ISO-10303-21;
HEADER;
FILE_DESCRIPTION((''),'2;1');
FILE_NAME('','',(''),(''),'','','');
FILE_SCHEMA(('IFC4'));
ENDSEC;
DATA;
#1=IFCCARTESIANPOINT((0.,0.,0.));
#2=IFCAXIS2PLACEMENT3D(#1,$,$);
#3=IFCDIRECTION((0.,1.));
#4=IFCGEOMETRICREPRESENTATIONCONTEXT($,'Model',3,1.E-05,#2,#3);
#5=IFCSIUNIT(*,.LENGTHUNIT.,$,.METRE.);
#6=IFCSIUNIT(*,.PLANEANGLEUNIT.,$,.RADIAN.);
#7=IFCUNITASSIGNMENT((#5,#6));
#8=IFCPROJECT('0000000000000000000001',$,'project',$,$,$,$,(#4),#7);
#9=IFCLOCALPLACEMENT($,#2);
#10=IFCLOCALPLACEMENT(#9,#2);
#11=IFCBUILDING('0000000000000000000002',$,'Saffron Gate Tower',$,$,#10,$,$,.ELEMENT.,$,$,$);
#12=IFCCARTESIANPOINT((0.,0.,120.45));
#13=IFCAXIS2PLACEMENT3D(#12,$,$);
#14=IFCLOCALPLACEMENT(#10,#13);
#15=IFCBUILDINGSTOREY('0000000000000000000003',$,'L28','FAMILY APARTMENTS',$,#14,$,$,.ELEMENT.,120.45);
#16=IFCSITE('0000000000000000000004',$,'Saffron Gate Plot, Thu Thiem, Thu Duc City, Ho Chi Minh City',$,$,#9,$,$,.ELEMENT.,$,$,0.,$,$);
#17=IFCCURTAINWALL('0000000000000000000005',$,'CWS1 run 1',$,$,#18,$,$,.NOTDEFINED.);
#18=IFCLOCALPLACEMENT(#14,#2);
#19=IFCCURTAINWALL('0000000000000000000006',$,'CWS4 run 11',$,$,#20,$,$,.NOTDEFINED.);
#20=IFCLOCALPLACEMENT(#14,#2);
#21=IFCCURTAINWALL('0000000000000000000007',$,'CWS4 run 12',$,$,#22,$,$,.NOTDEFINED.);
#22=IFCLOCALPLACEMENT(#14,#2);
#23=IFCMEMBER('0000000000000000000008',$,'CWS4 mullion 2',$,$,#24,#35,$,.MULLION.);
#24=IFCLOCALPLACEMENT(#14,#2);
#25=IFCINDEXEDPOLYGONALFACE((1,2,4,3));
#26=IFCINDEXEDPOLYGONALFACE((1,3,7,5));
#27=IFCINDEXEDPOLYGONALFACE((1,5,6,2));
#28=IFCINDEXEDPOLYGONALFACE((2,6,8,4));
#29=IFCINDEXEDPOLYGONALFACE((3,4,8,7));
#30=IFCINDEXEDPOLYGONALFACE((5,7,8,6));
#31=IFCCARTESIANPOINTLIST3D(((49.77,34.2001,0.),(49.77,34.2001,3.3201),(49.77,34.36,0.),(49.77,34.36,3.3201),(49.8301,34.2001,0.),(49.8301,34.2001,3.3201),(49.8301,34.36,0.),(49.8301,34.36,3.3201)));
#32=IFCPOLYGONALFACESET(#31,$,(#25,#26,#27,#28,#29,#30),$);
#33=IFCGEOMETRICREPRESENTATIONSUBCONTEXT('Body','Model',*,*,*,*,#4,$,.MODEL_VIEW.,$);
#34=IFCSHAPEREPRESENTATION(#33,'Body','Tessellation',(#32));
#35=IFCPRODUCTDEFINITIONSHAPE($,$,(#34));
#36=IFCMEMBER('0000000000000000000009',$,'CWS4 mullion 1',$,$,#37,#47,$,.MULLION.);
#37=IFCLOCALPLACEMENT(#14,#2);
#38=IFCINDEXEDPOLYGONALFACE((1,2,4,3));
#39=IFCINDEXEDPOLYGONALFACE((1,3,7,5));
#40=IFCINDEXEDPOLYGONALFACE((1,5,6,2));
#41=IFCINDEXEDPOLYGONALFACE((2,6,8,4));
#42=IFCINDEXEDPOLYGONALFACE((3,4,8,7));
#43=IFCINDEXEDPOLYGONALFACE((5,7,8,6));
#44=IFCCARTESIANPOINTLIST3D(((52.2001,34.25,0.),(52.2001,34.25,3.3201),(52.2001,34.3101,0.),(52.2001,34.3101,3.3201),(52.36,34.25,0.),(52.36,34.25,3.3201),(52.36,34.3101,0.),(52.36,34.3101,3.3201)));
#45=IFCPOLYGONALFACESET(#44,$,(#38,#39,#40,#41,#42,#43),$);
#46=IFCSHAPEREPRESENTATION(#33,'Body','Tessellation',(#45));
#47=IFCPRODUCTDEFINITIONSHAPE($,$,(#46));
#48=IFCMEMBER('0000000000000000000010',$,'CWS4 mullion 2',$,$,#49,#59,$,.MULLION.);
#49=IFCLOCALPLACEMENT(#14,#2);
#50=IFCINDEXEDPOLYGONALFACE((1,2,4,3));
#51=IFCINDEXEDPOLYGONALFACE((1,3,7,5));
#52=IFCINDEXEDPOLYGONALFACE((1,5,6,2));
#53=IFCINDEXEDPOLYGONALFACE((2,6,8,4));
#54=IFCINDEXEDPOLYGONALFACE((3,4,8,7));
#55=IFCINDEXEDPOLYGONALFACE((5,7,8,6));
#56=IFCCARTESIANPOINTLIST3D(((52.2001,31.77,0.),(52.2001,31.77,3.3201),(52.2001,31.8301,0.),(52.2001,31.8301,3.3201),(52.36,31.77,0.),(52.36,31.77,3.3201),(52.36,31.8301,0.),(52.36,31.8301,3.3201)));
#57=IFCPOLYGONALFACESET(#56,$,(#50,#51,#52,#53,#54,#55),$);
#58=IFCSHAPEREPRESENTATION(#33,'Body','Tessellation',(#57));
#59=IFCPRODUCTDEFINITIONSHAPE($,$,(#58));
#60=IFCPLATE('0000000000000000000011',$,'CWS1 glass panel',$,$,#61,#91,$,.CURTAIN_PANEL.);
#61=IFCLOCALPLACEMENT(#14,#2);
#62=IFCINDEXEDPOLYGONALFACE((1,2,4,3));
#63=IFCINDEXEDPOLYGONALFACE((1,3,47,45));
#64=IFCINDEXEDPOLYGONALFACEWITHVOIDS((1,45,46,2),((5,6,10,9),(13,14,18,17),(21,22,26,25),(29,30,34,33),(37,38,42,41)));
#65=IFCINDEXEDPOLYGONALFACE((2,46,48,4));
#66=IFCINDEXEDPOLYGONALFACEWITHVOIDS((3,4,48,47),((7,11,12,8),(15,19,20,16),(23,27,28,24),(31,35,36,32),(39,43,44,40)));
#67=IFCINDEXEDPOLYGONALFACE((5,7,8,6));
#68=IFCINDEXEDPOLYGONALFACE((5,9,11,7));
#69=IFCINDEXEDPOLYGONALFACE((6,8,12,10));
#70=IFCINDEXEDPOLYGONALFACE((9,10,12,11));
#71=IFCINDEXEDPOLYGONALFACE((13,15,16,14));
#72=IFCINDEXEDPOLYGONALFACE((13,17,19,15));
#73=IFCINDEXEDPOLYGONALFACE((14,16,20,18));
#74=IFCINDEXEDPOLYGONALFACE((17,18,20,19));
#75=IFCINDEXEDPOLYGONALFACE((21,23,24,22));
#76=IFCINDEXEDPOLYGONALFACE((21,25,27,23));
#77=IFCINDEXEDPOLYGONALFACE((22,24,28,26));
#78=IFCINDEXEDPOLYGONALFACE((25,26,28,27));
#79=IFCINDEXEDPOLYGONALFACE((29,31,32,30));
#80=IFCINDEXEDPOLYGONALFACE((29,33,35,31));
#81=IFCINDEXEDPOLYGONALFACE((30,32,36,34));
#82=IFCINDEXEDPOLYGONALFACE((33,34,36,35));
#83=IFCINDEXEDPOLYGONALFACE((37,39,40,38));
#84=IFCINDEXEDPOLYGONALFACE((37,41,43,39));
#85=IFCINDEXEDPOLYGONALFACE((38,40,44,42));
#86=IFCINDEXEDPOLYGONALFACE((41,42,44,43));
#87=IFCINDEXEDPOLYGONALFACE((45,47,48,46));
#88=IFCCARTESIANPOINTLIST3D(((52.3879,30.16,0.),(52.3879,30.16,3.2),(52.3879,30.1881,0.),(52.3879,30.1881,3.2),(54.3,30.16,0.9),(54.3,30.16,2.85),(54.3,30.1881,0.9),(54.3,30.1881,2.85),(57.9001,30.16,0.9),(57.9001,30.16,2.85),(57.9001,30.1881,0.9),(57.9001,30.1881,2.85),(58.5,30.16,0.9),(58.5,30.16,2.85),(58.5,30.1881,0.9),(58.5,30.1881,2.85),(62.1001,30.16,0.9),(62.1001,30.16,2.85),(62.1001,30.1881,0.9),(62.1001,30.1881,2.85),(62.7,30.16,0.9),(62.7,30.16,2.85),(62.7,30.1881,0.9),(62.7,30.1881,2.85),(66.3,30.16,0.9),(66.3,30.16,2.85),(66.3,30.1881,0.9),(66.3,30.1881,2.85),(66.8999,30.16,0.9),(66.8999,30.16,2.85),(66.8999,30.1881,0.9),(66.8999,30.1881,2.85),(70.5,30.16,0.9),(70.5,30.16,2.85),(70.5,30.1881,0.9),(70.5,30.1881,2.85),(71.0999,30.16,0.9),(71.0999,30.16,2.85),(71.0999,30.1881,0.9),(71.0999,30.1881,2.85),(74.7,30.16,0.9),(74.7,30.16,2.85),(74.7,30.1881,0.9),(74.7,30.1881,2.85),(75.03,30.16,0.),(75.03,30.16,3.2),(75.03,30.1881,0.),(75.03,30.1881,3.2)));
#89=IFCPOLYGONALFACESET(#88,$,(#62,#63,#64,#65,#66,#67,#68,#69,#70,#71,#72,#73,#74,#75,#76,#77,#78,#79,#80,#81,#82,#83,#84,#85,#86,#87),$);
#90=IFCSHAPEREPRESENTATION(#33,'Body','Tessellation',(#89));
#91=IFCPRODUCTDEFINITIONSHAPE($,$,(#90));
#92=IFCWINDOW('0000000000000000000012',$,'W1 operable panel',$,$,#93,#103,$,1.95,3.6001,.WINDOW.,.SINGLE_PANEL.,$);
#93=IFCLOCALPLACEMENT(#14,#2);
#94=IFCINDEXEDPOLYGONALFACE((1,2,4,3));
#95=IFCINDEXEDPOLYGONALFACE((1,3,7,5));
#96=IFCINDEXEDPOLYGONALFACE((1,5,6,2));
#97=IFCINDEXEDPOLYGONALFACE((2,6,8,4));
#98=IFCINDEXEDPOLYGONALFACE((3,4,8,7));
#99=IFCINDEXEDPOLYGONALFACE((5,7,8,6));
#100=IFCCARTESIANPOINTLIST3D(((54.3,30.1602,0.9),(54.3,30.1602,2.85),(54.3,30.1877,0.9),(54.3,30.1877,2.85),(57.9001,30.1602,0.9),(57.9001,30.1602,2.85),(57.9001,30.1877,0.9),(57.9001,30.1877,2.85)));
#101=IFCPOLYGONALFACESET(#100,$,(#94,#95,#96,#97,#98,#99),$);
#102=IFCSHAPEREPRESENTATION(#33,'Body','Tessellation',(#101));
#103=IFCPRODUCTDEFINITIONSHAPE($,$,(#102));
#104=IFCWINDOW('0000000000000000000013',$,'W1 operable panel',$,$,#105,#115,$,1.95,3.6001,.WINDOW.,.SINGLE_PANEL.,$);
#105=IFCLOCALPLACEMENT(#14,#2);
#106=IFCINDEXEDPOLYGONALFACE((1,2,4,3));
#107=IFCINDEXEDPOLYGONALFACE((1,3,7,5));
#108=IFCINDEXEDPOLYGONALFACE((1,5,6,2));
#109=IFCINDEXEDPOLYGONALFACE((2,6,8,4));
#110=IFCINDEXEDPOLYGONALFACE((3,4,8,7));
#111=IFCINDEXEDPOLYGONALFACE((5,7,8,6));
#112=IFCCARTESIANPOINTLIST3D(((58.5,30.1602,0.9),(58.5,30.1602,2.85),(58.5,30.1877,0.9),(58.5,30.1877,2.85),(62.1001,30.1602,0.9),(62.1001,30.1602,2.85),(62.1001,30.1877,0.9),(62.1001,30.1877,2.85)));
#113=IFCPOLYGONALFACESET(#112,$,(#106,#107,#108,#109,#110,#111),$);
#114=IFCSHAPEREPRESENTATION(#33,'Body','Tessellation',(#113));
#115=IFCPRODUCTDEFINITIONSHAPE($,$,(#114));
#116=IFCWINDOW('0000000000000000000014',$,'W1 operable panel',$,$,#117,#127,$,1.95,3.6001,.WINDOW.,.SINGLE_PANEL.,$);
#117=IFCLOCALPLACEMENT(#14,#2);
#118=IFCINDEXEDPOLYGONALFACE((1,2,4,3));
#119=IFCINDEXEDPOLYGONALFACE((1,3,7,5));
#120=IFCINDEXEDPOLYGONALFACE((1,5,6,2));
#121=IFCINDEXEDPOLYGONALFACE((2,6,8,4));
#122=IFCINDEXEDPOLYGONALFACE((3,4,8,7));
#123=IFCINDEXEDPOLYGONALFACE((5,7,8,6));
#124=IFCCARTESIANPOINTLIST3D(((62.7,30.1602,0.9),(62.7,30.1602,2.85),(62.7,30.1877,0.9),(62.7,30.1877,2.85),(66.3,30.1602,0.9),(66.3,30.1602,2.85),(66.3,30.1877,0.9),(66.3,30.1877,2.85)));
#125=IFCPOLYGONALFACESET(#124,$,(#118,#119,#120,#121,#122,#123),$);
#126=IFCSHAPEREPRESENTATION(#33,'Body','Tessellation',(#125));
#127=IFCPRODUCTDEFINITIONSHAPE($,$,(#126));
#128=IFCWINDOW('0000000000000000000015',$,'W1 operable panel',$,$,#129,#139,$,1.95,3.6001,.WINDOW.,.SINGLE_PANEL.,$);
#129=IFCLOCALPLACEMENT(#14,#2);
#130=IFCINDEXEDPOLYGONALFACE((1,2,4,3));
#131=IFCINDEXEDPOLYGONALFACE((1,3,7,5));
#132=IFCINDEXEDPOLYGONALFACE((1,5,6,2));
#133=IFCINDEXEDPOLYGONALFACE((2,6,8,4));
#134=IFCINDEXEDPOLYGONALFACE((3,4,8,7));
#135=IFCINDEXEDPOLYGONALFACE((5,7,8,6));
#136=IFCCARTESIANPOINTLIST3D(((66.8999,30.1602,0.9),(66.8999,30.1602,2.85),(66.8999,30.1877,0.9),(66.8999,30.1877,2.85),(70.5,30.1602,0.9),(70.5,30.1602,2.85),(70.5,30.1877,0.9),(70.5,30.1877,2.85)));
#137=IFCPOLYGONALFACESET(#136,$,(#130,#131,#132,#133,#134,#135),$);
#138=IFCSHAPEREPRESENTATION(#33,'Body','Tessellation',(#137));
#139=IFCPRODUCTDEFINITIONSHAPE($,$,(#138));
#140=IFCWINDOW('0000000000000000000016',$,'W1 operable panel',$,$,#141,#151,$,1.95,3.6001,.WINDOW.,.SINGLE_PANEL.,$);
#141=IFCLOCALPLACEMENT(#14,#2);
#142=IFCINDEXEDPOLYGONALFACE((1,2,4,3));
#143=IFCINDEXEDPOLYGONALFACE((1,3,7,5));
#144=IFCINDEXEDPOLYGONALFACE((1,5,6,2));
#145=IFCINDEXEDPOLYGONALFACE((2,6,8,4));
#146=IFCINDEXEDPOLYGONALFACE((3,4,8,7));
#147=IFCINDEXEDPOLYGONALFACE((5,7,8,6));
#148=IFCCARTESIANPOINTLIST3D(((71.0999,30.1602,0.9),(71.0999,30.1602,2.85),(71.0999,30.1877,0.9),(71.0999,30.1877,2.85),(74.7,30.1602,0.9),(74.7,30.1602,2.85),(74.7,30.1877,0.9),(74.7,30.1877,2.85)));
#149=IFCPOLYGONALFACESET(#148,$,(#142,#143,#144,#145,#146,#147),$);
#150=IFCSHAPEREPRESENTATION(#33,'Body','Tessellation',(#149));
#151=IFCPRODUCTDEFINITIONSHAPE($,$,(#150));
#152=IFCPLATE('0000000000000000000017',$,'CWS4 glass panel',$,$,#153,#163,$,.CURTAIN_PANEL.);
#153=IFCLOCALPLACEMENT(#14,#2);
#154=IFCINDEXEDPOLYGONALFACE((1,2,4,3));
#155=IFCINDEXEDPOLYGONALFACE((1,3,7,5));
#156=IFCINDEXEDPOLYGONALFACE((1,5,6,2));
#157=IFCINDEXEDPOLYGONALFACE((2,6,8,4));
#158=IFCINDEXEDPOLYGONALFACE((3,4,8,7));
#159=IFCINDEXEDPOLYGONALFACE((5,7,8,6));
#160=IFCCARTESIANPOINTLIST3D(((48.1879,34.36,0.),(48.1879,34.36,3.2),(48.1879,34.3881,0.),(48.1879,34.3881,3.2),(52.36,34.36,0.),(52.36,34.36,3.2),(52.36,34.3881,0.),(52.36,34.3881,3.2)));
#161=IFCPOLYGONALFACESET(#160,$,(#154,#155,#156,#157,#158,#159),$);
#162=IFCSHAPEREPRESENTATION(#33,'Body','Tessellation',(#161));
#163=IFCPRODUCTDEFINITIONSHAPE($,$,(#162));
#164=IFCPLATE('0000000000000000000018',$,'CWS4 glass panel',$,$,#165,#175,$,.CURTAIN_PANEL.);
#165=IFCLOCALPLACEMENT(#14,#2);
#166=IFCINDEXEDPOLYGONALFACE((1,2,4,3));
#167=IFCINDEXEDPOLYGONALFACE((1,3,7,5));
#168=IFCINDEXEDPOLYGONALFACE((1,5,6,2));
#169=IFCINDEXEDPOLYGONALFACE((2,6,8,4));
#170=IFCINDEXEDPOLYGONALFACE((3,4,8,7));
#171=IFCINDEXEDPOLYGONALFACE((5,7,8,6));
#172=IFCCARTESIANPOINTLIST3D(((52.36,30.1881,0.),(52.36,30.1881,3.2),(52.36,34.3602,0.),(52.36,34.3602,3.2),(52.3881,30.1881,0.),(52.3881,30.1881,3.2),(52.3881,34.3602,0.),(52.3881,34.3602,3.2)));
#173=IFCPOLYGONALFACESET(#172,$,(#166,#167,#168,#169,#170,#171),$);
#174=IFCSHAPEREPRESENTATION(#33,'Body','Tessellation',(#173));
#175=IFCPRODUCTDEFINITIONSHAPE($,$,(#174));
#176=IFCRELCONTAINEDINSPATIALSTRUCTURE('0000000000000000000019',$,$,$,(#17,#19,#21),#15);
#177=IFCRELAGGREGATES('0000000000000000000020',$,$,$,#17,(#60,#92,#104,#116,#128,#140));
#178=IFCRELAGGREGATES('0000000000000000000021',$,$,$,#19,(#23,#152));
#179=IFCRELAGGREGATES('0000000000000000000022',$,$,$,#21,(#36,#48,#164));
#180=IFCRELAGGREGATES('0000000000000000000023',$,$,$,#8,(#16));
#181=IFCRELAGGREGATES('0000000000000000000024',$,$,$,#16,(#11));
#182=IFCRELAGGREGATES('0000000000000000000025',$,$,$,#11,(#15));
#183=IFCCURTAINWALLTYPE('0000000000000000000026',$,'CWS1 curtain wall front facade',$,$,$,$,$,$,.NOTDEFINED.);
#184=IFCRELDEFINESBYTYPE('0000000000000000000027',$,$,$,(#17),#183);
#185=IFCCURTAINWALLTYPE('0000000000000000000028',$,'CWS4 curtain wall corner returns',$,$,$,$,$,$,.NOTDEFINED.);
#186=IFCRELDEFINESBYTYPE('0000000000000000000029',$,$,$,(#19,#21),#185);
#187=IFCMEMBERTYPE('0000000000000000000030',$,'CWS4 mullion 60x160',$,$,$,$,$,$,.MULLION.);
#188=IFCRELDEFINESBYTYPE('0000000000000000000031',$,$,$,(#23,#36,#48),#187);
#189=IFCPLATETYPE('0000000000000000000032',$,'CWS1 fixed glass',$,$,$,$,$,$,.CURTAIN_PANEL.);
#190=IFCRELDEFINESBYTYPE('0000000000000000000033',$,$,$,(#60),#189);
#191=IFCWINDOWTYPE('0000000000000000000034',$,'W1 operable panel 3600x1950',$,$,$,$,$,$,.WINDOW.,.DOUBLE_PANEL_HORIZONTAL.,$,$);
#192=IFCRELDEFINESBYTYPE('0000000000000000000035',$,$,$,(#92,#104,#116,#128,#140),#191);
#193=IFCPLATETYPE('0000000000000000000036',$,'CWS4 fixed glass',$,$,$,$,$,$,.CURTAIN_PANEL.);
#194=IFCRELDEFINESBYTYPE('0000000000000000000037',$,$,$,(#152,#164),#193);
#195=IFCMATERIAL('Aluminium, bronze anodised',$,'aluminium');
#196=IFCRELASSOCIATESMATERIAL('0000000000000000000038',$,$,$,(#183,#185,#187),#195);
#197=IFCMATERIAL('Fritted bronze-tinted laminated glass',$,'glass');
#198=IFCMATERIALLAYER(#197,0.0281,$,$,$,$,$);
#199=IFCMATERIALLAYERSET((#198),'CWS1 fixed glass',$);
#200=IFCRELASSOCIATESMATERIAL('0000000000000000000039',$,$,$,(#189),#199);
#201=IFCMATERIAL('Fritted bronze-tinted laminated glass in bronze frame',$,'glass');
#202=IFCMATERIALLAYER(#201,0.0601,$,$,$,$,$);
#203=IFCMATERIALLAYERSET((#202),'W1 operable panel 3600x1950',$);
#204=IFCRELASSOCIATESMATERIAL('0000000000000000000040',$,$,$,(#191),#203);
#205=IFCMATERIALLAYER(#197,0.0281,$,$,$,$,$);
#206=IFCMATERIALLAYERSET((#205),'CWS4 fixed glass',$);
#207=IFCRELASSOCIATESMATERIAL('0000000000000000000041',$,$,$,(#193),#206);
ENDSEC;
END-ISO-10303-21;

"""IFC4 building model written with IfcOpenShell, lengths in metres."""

from ifc_helpers import new_model, si_unit, direction, frame, frame_2d, origin, origin_2d, place, context, subcontext, project, spatial, rectangle, extrude, material, layer, layer_set, material_profile, profile_set, type_object, element, fill, aggregate, save


model = new_model("IFC4")

# Units and contexts
model_context = context("Model", 3, precision=1e-05, world=origin(), true_north=direction((0.0, 1.0)))
body_context = subcontext(model_context, "Body", "Model", "MODEL_VIEW")
ifc_project = project(units=[si_unit("LENGTHUNIT", "METRE"), si_unit("PLANEANGLEUNIT", "RADIAN")], contexts=[model_context])

# Site, building, storey
site_placement = place(None, origin())
site = spatial("IfcSite", under=ifc_project, at=site_placement, Name="Saffron Gate Plot, Thu Thiem, Thu Duc City, Ho Chi Minh City", CompositionType="ELEMENT", RefElevation=0.0)
building_placement = place(site_placement, origin())
building = spatial("IfcBuilding", under=site, at=building_placement, Name="Saffron Gate Tower", CompositionType="ELEMENT")
storey_placement = place(building_placement, frame((0.0, 0.0, 120.45)))
storey = spatial("IfcBuildingStorey", under=building, at=storey_placement, Name="L28", Description="FAMILY APARTMENTS", CompositionType="ELEMENT", Elevation=120.45)

# Curtain wall
ifc_material_1 = material(Name="Aluminium, bronze anodised", Category="aluminium")
curtain_wall_type_1 = type_object("IfcCurtainWallType", Name="CWS1 curtain wall front facade", PredefinedType="NOTDEFINED", material=ifc_material_1)
curtain_wall_1_placement = place(storey_placement, origin())
curtain_wall_1 = element("IfcCurtainWall", 1, at=curtain_wall_1_placement, inside=storey, type_object=curtain_wall_type_1, Name="CWS1 run 1", PredefinedType="NOTDEFINED")

# Curtain walls
curtain_wall_type_2 = type_object("IfcCurtainWallType", Name="CWS4 curtain wall corner returns", PredefinedType="NOTDEFINED", material=ifc_material_1)
curtain_wall_2_placement = place(storey_placement, origin())
curtain_wall_2 = element("IfcCurtainWall", 2, at=curtain_wall_2_placement, inside=storey, type_object=curtain_wall_type_2, Name="CWS4 run 11", PredefinedType="NOTDEFINED")
curtain_wall_3_placement = place(storey_placement, origin())
curtain_wall_3 = element("IfcCurtainWall", 3, at=curtain_wall_3_placement, inside=storey, type_object=curtain_wall_type_2, Name="CWS4 run 12", PredefinedType="NOTDEFINED")

# Members
ifc_material_profile_1 = material_profile(ifc_material_1, rectangle(XDim=0.1599, YDim=0.0601, at=origin_2d()))
ifc_profile_set_1 = profile_set([ifc_material_profile_1], Name="Aluminium, bronze anodised")
member_type_1 = type_object("IfcMemberType", Name="CWS4 mullion 60x160", PredefinedType="MULLION", material=ifc_profile_set_1)
member_1_placement = place(storey_placement, frame((49.8, 34.28, 0.0), z_axis=(0.0, 0.0, 1.0), x_axis=(0.0, 1.0, 0.0)))
member_1 = element("IfcMember", 4, at=member_1_placement, type_object=member_type_1, Name="CWS4 mullion 2", PredefinedType="MULLION", context=body_context, shape_type="SweptSolid", body=[
    extrude(rectangle(XDim=0.1599, YDim=0.0601, at=origin_2d()), origin(), (0.0, 0.0, 1.0), 3.3201),
])
member_2_placement = place(storey_placement, frame((52.28, 34.28, 0.0), z_axis=(0.0, 0.0, 1.0), x_axis=(1.0, 0.0, 0.0)))
member_2 = element("IfcMember", 5, at=member_2_placement, type_object=member_type_1, Name="CWS4 mullion 1", PredefinedType="MULLION", context=body_context, shape_type="SweptSolid", body=[
    extrude(rectangle(XDim=0.1599, YDim=0.0601, at=origin_2d()), origin(), (0.0, 0.0, 1.0), 3.3201),
])
member_3_placement = place(storey_placement, frame((52.28, 31.8, 0.0), z_axis=(0.0, 0.0, 1.0), x_axis=(1.0, 0.0, 0.0)))
member_3 = element("IfcMember", 6, at=member_3_placement, type_object=member_type_1, Name="CWS4 mullion 2", PredefinedType="MULLION", context=body_context, shape_type="SweptSolid", body=[
    extrude(rectangle(XDim=0.1599, YDim=0.0601, at=origin_2d()), origin(), (0.0, 0.0, 1.0), 3.3201),
])

# Plate, openings, windows
ifc_material_2 = material(Name="Fritted bronze-tinted laminated glass", Category="glass")
ifc_layer_1 = layer(ifc_material_2, 0.0281)
ifc_layer_set_1 = layer_set([ifc_layer_1], Name="CWS1 fixed glass")
plate_type_1 = type_object("IfcPlateType", Name="CWS1 fixed glass", PredefinedType="CURTAIN_PANEL", material=ifc_layer_set_1)
plate_1_placement = place(storey_placement, frame((52.3879, 30.1741, 0.0), z_axis=(0.0, 0.0, 1.0), x_axis=(1.0, 0.0, 0.0)))
plate_1 = element("IfcPlate", 7, at=plate_1_placement, type_object=plate_type_1, Name="CWS1 glass panel", PredefinedType="CURTAIN_PANEL", context=body_context, shape_type="SweptSolid", body=[
    extrude(rectangle(XDim=22.6421, YDim=0.0281, at=frame_2d((11.321, 0.0))), origin(), (0.0, 0.0, 1.0), 3.2),
])
opening_1_placement = place(plate_1_placement, frame((1.9121, 0.0, 0.8999)))
opening_1 = element("IfcOpeningElement", 8, at=opening_1_placement, cuts=plate_1, PredefinedType="OPENING", context=body_context, shape_type="SweptSolid", body=[
    extrude(rectangle(XDim=3.6001, YDim=1.95, at=frame_2d((1.8, 0.9751))), frame((0.0, 0.0239, 0.0), z_axis=(0.0, -1.0, 0.0), x_axis=(1.0, 0.0, 0.0)), (0.0, 0.0, 1.0), 0.0481),
])
opening_2_placement = place(plate_1_placement, frame((6.1121, 0.0, 0.8999)))
opening_2 = element("IfcOpeningElement", 9, at=opening_2_placement, cuts=plate_1, PredefinedType="OPENING", context=body_context, shape_type="SweptSolid", body=[
    extrude(rectangle(XDim=3.6001, YDim=1.95, at=frame_2d((1.8, 0.9751))), frame((0.0, 0.0239, 0.0), z_axis=(0.0, -1.0, 0.0), x_axis=(1.0, 0.0, 0.0)), (0.0, 0.0, 1.0), 0.0481),
])
opening_3_placement = place(plate_1_placement, frame((10.312, 0.0, 0.8999)))
opening_3 = element("IfcOpeningElement", 10, at=opening_3_placement, cuts=plate_1, PredefinedType="OPENING", context=body_context, shape_type="SweptSolid", body=[
    extrude(rectangle(XDim=3.6001, YDim=1.95, at=frame_2d((1.8, 0.9751))), frame((0.0, 0.0239, 0.0), z_axis=(0.0, -1.0, 0.0), x_axis=(1.0, 0.0, 0.0)), (0.0, 0.0, 1.0), 0.0481),
])
opening_4_placement = place(plate_1_placement, frame((14.512, 0.0, 0.8999)))
opening_4 = element("IfcOpeningElement", 11, at=opening_4_placement, cuts=plate_1, PredefinedType="OPENING", context=body_context, shape_type="SweptSolid", body=[
    extrude(rectangle(XDim=3.6001, YDim=1.95, at=frame_2d((1.8, 0.9751))), frame((0.0, 0.0239, 0.0), z_axis=(0.0, -1.0, 0.0), x_axis=(1.0, 0.0, 0.0)), (0.0, 0.0, 1.0), 0.0481),
])
opening_5_placement = place(plate_1_placement, frame((18.7119, 0.0, 0.8999)))
opening_5 = element("IfcOpeningElement", 12, at=opening_5_placement, cuts=plate_1, PredefinedType="OPENING", context=body_context, shape_type="SweptSolid", body=[
    extrude(rectangle(XDim=3.6001, YDim=1.95, at=frame_2d((1.8, 0.9751))), frame((0.0, 0.0239, 0.0), z_axis=(0.0, -1.0, 0.0), x_axis=(1.0, 0.0, 0.0)), (0.0, 0.0, 1.0), 0.0481),
])
ifc_material_3 = material(Name="Fritted bronze-tinted laminated glass in bronze frame", Category="glass")
ifc_layer_2 = layer(ifc_material_3, 0.0601)
ifc_layer_set_2 = layer_set([ifc_layer_2], Name="W1 operable panel 3600x1950")
window_type = type_object("IfcWindowType", Name="W1 operable panel 3600x1950", PartitioningType="DOUBLE_PANEL_HORIZONTAL", PredefinedType="WINDOW", material=ifc_layer_set_2)
window_1_placement = place(opening_1_placement, origin())
window_1 = element("IfcWindow", 13, at=window_1_placement, type_object=window_type, Name="W1 operable panel", OverallHeight=1.95, OverallWidth=3.6001, PartitioningType="SINGLE_PANEL", PredefinedType="WINDOW", context=body_context, shape_type="SweptSolid", body=[
    extrude(rectangle(XDim=3.6001, YDim=1.95, at=frame_2d((1.8, 0.9751))), frame((0.0, 0.0137, 0.0), z_axis=(0.0, -1.0, 0.0), x_axis=(1.0, 0.0, 0.0)), (0.0, 0.0, 1.0), 0.0276),
])
fill(opening_1, window_1)
window_2_placement = place(opening_2_placement, origin())
window_2 = element("IfcWindow", 14, at=window_2_placement, type_object=window_type, Name="W1 operable panel", OverallHeight=1.95, OverallWidth=3.6001, PartitioningType="SINGLE_PANEL", PredefinedType="WINDOW", context=body_context, shape_type="SweptSolid", body=[
    extrude(rectangle(XDim=3.6001, YDim=1.95, at=frame_2d((1.8, 0.9751))), frame((0.0, 0.0137, 0.0), z_axis=(0.0, -1.0, 0.0), x_axis=(1.0, 0.0, 0.0)), (0.0, 0.0, 1.0), 0.0276),
])
fill(opening_2, window_2)
window_3_placement = place(opening_3_placement, origin())
window_3 = element("IfcWindow", 15, at=window_3_placement, type_object=window_type, Name="W1 operable panel", OverallHeight=1.95, OverallWidth=3.6001, PartitioningType="SINGLE_PANEL", PredefinedType="WINDOW", context=body_context, shape_type="SweptSolid", body=[
    extrude(rectangle(XDim=3.6001, YDim=1.95, at=frame_2d((1.8, 0.9751))), frame((0.0, 0.0137, 0.0), z_axis=(0.0, -1.0, 0.0), x_axis=(1.0, 0.0, 0.0)), (0.0, 0.0, 1.0), 0.0276),
])
fill(opening_3, window_3)
window_4_placement = place(opening_4_placement, origin())
window_4 = element("IfcWindow", 16, at=window_4_placement, type_object=window_type, Name="W1 operable panel", OverallHeight=1.95, OverallWidth=3.6001, PartitioningType="SINGLE_PANEL", PredefinedType="WINDOW", context=body_context, shape_type="SweptSolid", body=[
    extrude(rectangle(XDim=3.6001, YDim=1.95, at=frame_2d((1.8, 0.9751))), frame((0.0, 0.0137, 0.0), z_axis=(0.0, -1.0, 0.0), x_axis=(1.0, 0.0, 0.0)), (0.0, 0.0, 1.0), 0.0276),
])
fill(opening_4, window_4)
window_5_placement = place(opening_5_placement, origin())
window_5 = element("IfcWindow", 17, at=window_5_placement, type_object=window_type, Name="W1 operable panel", OverallHeight=1.95, OverallWidth=3.6001, PartitioningType="SINGLE_PANEL", PredefinedType="WINDOW", context=body_context, shape_type="SweptSolid", body=[
    extrude(rectangle(XDim=3.6001, YDim=1.95, at=frame_2d((1.8, 0.9751))), frame((0.0, 0.0137, 0.0), z_axis=(0.0, -1.0, 0.0), x_axis=(1.0, 0.0, 0.0)), (0.0, 0.0, 1.0), 0.0276),
])
fill(opening_5, window_5)
aggregate(curtain_wall_1, [plate_1, window_1, window_2, window_3, window_4, window_5])

# Plates
ifc_layer_3 = layer(ifc_material_2, 0.0281)
ifc_layer_set_3 = layer_set([ifc_layer_3], Name="CWS4 fixed glass")
plate_type_2 = type_object("IfcPlateType", Name="CWS4 fixed glass", PredefinedType="CURTAIN_PANEL", material=ifc_layer_set_3)
plate_2_placement = place(storey_placement, frame((48.188, 34.374, 0.0), z_axis=(0.0, 0.0, 1.0), x_axis=(1.0, 0.0, 0.0)))
plate_2 = element("IfcPlate", 18, at=plate_2_placement, type_object=plate_type_2, Name="CWS4 glass panel", PredefinedType="CURTAIN_PANEL", context=body_context, shape_type="SweptSolid", body=[
    extrude(rectangle(XDim=4.1721, YDim=0.0281, at=frame_2d((2.0859, 0.0))), origin(), (0.0, 0.0, 1.0), 3.2),
])
aggregate(curtain_wall_2, [member_1, plate_2])
plate_3_placement = place(storey_placement, frame((52.374, 34.3601, 0.0), z_axis=(0.0, 0.0, 1.0), x_axis=(0.0, -1.0, 0.0)))
plate_3 = element("IfcPlate", 19, at=plate_3_placement, type_object=plate_type_2, Name="CWS4 glass panel", PredefinedType="CURTAIN_PANEL", context=body_context, shape_type="SweptSolid", body=[
    extrude(rectangle(XDim=4.1721, YDim=0.0281, at=frame_2d((2.0859, 0.0))), origin(), (0.0, 0.0, 1.0), 3.2),
])
aggregate(curtain_wall_3, [member_2, member_3, plate_3])

save(model, "model.ifc")
